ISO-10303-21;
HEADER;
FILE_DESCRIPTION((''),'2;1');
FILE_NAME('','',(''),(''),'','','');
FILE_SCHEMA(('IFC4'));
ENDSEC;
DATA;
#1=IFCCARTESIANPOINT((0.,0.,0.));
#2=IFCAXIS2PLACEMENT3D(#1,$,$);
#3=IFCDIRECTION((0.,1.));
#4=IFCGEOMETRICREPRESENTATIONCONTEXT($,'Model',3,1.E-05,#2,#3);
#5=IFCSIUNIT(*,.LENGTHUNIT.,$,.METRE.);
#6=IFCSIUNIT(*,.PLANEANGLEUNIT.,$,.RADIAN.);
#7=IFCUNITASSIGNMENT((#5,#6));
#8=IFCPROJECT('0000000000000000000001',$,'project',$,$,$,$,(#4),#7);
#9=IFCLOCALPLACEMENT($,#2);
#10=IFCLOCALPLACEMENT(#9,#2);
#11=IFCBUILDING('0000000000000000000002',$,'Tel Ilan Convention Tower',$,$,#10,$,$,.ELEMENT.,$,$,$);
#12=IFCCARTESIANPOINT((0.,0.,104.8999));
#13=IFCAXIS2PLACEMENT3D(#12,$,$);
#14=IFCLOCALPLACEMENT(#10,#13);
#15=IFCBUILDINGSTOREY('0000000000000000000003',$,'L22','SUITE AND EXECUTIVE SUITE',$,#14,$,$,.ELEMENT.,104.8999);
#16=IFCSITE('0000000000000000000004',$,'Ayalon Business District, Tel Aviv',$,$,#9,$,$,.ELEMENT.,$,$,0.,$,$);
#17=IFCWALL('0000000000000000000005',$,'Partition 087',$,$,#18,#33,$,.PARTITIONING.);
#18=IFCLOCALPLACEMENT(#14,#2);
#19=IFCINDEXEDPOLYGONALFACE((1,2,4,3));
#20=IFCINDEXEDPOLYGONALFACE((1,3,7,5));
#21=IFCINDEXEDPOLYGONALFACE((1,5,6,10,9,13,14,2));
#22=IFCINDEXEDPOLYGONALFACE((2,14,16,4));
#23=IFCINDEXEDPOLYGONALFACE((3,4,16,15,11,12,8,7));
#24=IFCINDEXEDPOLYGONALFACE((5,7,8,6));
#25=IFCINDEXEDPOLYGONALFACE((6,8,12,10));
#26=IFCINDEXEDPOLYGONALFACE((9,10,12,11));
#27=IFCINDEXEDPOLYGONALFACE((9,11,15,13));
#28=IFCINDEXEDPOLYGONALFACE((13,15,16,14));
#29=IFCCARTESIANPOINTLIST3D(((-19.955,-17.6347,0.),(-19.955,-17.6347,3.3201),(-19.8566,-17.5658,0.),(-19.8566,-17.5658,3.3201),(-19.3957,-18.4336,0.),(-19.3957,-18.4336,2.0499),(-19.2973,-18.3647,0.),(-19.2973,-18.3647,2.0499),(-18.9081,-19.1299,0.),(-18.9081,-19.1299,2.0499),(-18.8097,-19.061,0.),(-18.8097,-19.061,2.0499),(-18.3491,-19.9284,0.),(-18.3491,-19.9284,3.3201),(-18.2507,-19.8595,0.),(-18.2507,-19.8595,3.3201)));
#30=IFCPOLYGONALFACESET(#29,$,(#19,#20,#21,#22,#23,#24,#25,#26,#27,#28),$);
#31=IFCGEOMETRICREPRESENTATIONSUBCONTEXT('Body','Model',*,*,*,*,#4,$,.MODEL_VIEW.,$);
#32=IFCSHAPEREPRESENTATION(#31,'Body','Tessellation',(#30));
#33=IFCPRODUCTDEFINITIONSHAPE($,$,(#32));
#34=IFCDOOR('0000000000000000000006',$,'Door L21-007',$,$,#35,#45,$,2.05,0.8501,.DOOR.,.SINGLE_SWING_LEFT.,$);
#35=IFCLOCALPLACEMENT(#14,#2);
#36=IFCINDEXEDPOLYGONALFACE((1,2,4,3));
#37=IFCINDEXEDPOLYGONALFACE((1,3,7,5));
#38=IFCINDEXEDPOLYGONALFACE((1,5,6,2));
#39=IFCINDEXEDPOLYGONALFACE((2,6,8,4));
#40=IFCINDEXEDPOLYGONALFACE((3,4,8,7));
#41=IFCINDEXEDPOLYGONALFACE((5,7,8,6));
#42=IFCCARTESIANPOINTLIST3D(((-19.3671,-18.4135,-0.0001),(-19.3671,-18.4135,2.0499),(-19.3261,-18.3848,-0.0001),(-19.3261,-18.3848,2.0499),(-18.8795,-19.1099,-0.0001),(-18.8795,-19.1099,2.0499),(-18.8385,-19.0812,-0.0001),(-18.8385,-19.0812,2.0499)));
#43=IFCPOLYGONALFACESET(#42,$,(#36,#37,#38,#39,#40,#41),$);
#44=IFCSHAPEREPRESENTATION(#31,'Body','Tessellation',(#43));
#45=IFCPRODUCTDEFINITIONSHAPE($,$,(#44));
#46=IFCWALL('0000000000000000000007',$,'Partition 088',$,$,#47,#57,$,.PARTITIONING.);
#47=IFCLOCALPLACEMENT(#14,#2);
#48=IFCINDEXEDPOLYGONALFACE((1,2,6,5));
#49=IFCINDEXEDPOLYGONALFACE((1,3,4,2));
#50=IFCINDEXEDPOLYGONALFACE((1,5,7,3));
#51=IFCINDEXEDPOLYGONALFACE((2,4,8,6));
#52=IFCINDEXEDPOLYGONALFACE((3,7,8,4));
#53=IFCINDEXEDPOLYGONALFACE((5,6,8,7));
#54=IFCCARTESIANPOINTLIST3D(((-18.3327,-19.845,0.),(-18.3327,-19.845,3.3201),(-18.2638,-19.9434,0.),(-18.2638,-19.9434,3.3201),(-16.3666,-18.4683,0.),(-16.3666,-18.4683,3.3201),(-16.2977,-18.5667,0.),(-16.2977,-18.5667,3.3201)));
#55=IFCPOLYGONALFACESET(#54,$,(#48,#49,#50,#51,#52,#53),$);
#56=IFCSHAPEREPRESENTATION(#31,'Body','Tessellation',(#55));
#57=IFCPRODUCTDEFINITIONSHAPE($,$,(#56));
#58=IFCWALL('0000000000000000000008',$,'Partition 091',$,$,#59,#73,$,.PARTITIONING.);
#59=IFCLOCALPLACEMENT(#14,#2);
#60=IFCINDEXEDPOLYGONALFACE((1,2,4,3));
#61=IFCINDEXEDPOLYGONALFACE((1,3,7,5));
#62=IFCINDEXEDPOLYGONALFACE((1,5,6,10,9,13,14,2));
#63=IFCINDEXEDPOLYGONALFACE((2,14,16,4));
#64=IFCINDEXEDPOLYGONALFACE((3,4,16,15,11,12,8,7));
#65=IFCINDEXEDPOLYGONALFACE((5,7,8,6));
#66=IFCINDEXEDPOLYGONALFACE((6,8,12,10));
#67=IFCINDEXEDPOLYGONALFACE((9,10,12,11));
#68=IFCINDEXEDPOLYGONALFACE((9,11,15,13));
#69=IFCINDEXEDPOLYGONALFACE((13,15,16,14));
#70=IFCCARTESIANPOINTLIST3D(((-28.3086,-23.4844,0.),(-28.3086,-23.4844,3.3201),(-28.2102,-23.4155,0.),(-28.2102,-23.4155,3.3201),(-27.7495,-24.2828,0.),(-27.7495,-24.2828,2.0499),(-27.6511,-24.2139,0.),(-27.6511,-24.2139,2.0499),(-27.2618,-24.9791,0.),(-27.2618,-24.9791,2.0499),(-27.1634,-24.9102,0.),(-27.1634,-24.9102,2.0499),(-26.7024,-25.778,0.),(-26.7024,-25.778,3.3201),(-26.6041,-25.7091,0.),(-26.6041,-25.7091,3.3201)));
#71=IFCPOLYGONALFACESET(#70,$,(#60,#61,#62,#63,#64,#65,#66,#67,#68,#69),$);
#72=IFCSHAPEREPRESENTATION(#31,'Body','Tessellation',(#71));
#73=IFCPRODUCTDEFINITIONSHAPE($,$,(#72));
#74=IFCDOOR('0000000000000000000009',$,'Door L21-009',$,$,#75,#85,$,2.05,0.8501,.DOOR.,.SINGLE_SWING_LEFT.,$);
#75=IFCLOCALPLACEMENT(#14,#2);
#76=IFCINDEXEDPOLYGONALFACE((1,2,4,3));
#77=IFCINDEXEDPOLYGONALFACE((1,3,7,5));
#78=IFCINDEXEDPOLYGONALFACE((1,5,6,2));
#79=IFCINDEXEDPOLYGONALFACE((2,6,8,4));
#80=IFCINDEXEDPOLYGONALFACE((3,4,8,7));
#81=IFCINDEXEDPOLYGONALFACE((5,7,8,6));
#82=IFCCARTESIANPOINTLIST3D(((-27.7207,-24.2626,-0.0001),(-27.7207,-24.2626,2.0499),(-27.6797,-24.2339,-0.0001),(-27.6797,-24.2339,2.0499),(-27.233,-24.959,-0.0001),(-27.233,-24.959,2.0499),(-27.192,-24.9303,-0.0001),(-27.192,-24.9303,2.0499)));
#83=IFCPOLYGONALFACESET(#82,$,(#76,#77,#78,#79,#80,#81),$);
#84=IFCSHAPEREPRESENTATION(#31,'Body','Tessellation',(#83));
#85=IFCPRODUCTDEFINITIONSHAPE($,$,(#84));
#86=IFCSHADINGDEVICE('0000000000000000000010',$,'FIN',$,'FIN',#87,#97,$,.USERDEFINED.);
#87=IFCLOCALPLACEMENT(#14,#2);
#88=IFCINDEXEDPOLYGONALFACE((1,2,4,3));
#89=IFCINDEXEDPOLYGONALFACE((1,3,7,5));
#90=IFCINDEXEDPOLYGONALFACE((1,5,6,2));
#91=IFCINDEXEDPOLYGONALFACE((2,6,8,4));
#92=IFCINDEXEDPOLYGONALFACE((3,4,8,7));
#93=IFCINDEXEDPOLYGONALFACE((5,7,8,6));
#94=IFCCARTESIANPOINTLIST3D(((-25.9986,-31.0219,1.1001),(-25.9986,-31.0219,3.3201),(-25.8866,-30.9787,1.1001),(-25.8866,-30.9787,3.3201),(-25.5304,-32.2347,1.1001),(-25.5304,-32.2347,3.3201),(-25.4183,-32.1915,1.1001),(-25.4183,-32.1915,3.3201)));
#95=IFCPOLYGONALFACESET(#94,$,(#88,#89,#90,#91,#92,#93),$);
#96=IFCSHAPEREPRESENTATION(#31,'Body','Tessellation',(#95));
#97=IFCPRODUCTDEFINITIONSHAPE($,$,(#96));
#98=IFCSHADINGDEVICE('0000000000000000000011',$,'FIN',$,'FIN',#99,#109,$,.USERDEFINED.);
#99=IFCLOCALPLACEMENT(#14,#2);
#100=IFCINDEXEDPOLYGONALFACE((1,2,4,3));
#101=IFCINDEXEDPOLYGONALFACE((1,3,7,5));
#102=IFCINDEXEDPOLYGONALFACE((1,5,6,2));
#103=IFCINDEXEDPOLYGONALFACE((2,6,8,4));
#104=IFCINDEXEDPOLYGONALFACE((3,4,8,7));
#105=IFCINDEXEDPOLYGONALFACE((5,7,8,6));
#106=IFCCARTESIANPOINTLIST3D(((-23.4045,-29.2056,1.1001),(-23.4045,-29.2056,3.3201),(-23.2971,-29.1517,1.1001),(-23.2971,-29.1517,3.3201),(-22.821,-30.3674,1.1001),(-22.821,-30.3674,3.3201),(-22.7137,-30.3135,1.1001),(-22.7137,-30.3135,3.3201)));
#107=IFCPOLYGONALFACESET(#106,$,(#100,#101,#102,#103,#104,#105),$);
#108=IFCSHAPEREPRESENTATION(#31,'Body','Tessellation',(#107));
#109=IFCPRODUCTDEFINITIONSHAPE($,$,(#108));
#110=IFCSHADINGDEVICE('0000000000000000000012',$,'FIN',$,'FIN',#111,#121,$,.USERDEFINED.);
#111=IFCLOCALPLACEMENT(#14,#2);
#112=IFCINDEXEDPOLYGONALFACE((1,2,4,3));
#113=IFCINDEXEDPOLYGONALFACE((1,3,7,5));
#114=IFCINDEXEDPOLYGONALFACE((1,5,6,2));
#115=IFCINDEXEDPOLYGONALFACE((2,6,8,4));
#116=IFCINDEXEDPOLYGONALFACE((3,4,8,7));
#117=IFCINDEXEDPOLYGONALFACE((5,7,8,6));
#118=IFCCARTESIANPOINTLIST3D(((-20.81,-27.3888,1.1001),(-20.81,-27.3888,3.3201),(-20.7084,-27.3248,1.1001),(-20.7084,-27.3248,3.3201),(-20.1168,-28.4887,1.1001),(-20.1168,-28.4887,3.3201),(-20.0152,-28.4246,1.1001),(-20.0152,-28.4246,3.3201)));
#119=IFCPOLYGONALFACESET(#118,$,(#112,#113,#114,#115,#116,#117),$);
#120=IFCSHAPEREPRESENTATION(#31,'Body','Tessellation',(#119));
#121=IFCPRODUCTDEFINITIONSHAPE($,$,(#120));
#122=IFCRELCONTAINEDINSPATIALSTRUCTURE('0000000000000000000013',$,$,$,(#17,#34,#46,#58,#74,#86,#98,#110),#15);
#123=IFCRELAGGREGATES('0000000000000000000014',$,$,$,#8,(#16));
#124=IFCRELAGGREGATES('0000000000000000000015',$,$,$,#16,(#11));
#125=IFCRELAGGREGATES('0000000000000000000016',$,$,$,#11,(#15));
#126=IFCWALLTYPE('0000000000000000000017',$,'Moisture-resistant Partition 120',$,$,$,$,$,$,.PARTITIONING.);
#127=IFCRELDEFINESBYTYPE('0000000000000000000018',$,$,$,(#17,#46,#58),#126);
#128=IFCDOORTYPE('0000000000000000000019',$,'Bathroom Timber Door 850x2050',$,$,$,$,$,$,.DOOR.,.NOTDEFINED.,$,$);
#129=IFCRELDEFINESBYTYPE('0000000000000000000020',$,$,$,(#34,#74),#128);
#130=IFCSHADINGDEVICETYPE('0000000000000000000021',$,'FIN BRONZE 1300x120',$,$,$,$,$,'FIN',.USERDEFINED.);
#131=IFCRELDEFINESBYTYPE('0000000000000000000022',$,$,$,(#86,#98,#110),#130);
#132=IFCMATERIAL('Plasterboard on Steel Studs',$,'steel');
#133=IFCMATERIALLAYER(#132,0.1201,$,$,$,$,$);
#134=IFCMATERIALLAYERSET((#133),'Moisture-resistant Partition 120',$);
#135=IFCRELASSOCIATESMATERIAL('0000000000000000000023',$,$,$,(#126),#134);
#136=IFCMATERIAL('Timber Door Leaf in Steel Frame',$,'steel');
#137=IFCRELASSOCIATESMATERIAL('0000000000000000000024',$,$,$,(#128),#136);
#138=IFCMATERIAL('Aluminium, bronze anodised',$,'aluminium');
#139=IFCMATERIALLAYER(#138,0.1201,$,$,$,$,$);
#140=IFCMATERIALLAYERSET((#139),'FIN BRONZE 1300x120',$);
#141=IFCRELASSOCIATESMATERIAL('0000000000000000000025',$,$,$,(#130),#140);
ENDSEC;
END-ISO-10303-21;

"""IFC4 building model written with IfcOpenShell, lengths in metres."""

from ifc_helpers import new_model, si_unit, direction, frame, frame_2d, origin, origin_2d, place, context, subcontext, project, spatial, rectangle, extrude, material, layer, layer_set, type_object, element, fill, save


model = new_model("IFC4")

# Units and contexts
model_context = context("Model", 3, precision=1e-05, world=origin(), true_north=direction((0.0, 1.0)))
body_context = subcontext(model_context, "Body", "Model", "MODEL_VIEW")
ifc_project = project(units=[si_unit("LENGTHUNIT", "METRE"), si_unit("PLANEANGLEUNIT", "RADIAN")], contexts=[model_context])

# Site, building, storey
site_placement = place(None, origin())
site = spatial("IfcSite", under=ifc_project, at=site_placement, Name="Ayalon Business District, Tel Aviv", CompositionType="ELEMENT", RefElevation=0.0)
building_placement = place(site_placement, origin())
building = spatial("IfcBuilding", under=site, at=building_placement, Name="Tel Ilan Convention Tower", CompositionType="ELEMENT")
storey_placement = place(building_placement, frame((0.0, 0.0, 104.8999)))
storey = spatial("IfcBuildingStorey", under=building, at=storey_placement, Name="L22", Description="SUITE AND EXECUTIVE SUITE", CompositionType="ELEMENT", Elevation=104.8999)

# Wall, opening, door
ifc_material_1 = material(Name="Plasterboard on Steel Studs", Category="steel")
ifc_layer_1 = layer(ifc_material_1, 0.1201)
ifc_layer_set_1 = layer_set([ifc_layer_1], Name="Moisture-resistant Partition 120")
wall_type_1 = type_object("IfcWallType", Name="Moisture-resistant Partition 120", PredefinedType="PARTITIONING", material=ifc_layer_set_1)
ifc_material_2 = material(Name="Timber Door Leaf in Steel Frame", Category="steel")
door_type_1 = type_object("IfcDoorType", Name="Bathroom Timber Door 850x2050", OperationType="NOTDEFINED", PredefinedType="DOOR", material=ifc_material_2)
wall_1_placement = place(storey_placement, frame((-19.9058, -17.6003, 0.0), z_axis=(0.0, 0.0, 1.0), x_axis=(0.57355, -0.81917, 0.0)))
wall_1 = element("IfcWall", 1, at=wall_1_placement, inside=storey, type_object=wall_type_1, Name="Partition 087", PredefinedType="PARTITIONING", context=body_context, shape_type="SweptSolid", body=[
    extrude(rectangle(XDim=2.8, YDim=0.1201, at=frame_2d((1.3999, 0.0))), origin(), (0.0, 0.0, 1.0), 3.3201),
])
opening_1_placement = place(wall_1_placement, frame((0.9751, 0.0, 0.0)))
opening_1 = element("IfcOpeningElement", 2, at=opening_1_placement, cuts=wall_1, PredefinedType="OPENING", context=body_context, shape_type="SweptSolid", body=[
    extrude(rectangle(XDim=0.8501, YDim=2.05, at=frame_2d((0.425, 1.0249))), frame((0.0, 0.0701, 0.0), z_axis=(0.0, -1.0, 0.0), x_axis=(1.0, 0.0, 0.0)), (0.0, 0.0, 1.0), 0.1401),
])
door_1_placement = place(opening_1_placement, origin())
door_1 = element("IfcDoor", 3, at=door_1_placement, inside=storey, type_object=door_type_1, Name="Door L21-007", OperationType="SINGLE_SWING_LEFT", OverallHeight=2.05, OverallWidth=0.8501, PredefinedType="DOOR", context=body_context, shape_type="SweptSolid", body=[
    extrude(rectangle(XDim=0.8501, YDim=2.05, at=frame_2d((0.425, 1.0249))), frame((0.0, 0.0249, 0.0), z_axis=(0.0, -1.0, 0.0), x_axis=(1.0, 0.0, 0.0)), (0.0, 0.0, 1.0), 0.05),
])
fill(opening_1, door_1)

# Wall
wall_2_placement = place(storey_placement, frame((-18.2983, -19.8943, 0.0), z_axis=(0.0, 0.0, 1.0), x_axis=(0.819141, 0.573592, 0.0)))
element("IfcWall", 4, at=wall_2_placement, inside=storey, type_object=wall_type_1, Name="Partition 088", PredefinedType="PARTITIONING", context=body_context, shape_type="SweptSolid", body=[
    extrude(rectangle(XDim=2.4001, YDim=0.1201, at=frame_2d((1.2002, 0.0))), origin(), (0.0, 0.0, 1.0), 3.3201),
])

# Wall, opening, door
wall_3_placement = place(storey_placement, frame((-26.6533, -25.7434, 0.0), z_axis=(0.0, 0.0, 1.0), x_axis=(-0.573609, 0.81913, 0.0)))
wall_3 = element("IfcWall", 5, at=wall_3_placement, inside=storey, type_object=wall_type_1, Name="Partition 091", PredefinedType="PARTITIONING", context=body_context, shape_type="SweptSolid", body=[
    extrude(rectangle(XDim=2.8, YDim=0.1201, at=frame_2d((1.3999, 0.0))), origin(), (0.0, 0.0, 1.0), 3.3201),
])
opening_2_placement = place(wall_3_placement, frame((0.9751, 0.0, 0.0)))
opening_2 = element("IfcOpeningElement", 6, at=opening_2_placement, cuts=wall_3, PredefinedType="OPENING", context=body_context, shape_type="SweptSolid", body=[
    extrude(rectangle(XDim=0.8501, YDim=2.05, at=frame_2d((0.425, 1.0249))), frame((0.0, 0.0701, 0.0), z_axis=(0.0, -1.0, 0.0), x_axis=(1.0, 0.0, 0.0)), (0.0, 0.0, 1.0), 0.1401),
])
door_2_placement = place(opening_2_placement, origin())
door_2 = element("IfcDoor", 7, at=door_2_placement, inside=storey, type_object=door_type_1, Name="Door L21-009", OperationType="SINGLE_SWING_LEFT", OverallHeight=2.05, OverallWidth=0.8501, PredefinedType="DOOR", context=body_context, shape_type="SweptSolid", body=[
    extrude(rectangle(XDim=0.8501, YDim=2.05, at=frame_2d((0.425, 1.0249))), frame((0.0, 0.0249, 0.0), z_axis=(0.0, -1.0, 0.0), x_axis=(1.0, 0.0, 0.0)), (0.0, 0.0, 1.0), 0.05),
])
fill(opening_2, door_2)

# Shading devices
ifc_material_3 = material(Name="Aluminium, bronze anodised", Category="aluminium")
ifc_layer_2 = layer(ifc_material_3, 0.1201)
ifc_layer_set_2 = layer_set([ifc_layer_2], Name="FIN BRONZE 1300x120")
shading_device_type = type_object("IfcShadingDeviceType", Name="FIN BRONZE 1300x120", ElementType="FIN", PredefinedType="USERDEFINED", material=ifc_layer_set_2)
for number, where, z_axis, x_axis, name in (
    (8, (-25.7085, -31.6067, 1.1001), (0.0, 0.0, 1.0), (0.360178, -0.932884, 0.0), "FIN"),
    (9, (-23.0591, -29.7595, 1.1001), (0.0, 0.0, 1.0), (0.448799, -0.893633, 0.0), "FIN"),
    (10, (-20.4126, -27.9067, 1.1001), (0.0, 0.0, 1.0), (0.533204, -0.845986, 0.0), "FIN"),
):
    element("IfcShadingDevice", number, at=place(storey_placement, frame(where, z_axis=z_axis, x_axis=x_axis)), inside=storey, type_object=shading_device_type, Name=name, ObjectType="FIN", PredefinedType="USERDEFINED", context=body_context, shape_type="SweptSolid", body=[
        extrude(rectangle(XDim=1.3, YDim=0.1201, at=origin_2d()), origin(), (0.0, 0.0, 1.0), 2.22),
    ])

save(model, "model.ifc")
